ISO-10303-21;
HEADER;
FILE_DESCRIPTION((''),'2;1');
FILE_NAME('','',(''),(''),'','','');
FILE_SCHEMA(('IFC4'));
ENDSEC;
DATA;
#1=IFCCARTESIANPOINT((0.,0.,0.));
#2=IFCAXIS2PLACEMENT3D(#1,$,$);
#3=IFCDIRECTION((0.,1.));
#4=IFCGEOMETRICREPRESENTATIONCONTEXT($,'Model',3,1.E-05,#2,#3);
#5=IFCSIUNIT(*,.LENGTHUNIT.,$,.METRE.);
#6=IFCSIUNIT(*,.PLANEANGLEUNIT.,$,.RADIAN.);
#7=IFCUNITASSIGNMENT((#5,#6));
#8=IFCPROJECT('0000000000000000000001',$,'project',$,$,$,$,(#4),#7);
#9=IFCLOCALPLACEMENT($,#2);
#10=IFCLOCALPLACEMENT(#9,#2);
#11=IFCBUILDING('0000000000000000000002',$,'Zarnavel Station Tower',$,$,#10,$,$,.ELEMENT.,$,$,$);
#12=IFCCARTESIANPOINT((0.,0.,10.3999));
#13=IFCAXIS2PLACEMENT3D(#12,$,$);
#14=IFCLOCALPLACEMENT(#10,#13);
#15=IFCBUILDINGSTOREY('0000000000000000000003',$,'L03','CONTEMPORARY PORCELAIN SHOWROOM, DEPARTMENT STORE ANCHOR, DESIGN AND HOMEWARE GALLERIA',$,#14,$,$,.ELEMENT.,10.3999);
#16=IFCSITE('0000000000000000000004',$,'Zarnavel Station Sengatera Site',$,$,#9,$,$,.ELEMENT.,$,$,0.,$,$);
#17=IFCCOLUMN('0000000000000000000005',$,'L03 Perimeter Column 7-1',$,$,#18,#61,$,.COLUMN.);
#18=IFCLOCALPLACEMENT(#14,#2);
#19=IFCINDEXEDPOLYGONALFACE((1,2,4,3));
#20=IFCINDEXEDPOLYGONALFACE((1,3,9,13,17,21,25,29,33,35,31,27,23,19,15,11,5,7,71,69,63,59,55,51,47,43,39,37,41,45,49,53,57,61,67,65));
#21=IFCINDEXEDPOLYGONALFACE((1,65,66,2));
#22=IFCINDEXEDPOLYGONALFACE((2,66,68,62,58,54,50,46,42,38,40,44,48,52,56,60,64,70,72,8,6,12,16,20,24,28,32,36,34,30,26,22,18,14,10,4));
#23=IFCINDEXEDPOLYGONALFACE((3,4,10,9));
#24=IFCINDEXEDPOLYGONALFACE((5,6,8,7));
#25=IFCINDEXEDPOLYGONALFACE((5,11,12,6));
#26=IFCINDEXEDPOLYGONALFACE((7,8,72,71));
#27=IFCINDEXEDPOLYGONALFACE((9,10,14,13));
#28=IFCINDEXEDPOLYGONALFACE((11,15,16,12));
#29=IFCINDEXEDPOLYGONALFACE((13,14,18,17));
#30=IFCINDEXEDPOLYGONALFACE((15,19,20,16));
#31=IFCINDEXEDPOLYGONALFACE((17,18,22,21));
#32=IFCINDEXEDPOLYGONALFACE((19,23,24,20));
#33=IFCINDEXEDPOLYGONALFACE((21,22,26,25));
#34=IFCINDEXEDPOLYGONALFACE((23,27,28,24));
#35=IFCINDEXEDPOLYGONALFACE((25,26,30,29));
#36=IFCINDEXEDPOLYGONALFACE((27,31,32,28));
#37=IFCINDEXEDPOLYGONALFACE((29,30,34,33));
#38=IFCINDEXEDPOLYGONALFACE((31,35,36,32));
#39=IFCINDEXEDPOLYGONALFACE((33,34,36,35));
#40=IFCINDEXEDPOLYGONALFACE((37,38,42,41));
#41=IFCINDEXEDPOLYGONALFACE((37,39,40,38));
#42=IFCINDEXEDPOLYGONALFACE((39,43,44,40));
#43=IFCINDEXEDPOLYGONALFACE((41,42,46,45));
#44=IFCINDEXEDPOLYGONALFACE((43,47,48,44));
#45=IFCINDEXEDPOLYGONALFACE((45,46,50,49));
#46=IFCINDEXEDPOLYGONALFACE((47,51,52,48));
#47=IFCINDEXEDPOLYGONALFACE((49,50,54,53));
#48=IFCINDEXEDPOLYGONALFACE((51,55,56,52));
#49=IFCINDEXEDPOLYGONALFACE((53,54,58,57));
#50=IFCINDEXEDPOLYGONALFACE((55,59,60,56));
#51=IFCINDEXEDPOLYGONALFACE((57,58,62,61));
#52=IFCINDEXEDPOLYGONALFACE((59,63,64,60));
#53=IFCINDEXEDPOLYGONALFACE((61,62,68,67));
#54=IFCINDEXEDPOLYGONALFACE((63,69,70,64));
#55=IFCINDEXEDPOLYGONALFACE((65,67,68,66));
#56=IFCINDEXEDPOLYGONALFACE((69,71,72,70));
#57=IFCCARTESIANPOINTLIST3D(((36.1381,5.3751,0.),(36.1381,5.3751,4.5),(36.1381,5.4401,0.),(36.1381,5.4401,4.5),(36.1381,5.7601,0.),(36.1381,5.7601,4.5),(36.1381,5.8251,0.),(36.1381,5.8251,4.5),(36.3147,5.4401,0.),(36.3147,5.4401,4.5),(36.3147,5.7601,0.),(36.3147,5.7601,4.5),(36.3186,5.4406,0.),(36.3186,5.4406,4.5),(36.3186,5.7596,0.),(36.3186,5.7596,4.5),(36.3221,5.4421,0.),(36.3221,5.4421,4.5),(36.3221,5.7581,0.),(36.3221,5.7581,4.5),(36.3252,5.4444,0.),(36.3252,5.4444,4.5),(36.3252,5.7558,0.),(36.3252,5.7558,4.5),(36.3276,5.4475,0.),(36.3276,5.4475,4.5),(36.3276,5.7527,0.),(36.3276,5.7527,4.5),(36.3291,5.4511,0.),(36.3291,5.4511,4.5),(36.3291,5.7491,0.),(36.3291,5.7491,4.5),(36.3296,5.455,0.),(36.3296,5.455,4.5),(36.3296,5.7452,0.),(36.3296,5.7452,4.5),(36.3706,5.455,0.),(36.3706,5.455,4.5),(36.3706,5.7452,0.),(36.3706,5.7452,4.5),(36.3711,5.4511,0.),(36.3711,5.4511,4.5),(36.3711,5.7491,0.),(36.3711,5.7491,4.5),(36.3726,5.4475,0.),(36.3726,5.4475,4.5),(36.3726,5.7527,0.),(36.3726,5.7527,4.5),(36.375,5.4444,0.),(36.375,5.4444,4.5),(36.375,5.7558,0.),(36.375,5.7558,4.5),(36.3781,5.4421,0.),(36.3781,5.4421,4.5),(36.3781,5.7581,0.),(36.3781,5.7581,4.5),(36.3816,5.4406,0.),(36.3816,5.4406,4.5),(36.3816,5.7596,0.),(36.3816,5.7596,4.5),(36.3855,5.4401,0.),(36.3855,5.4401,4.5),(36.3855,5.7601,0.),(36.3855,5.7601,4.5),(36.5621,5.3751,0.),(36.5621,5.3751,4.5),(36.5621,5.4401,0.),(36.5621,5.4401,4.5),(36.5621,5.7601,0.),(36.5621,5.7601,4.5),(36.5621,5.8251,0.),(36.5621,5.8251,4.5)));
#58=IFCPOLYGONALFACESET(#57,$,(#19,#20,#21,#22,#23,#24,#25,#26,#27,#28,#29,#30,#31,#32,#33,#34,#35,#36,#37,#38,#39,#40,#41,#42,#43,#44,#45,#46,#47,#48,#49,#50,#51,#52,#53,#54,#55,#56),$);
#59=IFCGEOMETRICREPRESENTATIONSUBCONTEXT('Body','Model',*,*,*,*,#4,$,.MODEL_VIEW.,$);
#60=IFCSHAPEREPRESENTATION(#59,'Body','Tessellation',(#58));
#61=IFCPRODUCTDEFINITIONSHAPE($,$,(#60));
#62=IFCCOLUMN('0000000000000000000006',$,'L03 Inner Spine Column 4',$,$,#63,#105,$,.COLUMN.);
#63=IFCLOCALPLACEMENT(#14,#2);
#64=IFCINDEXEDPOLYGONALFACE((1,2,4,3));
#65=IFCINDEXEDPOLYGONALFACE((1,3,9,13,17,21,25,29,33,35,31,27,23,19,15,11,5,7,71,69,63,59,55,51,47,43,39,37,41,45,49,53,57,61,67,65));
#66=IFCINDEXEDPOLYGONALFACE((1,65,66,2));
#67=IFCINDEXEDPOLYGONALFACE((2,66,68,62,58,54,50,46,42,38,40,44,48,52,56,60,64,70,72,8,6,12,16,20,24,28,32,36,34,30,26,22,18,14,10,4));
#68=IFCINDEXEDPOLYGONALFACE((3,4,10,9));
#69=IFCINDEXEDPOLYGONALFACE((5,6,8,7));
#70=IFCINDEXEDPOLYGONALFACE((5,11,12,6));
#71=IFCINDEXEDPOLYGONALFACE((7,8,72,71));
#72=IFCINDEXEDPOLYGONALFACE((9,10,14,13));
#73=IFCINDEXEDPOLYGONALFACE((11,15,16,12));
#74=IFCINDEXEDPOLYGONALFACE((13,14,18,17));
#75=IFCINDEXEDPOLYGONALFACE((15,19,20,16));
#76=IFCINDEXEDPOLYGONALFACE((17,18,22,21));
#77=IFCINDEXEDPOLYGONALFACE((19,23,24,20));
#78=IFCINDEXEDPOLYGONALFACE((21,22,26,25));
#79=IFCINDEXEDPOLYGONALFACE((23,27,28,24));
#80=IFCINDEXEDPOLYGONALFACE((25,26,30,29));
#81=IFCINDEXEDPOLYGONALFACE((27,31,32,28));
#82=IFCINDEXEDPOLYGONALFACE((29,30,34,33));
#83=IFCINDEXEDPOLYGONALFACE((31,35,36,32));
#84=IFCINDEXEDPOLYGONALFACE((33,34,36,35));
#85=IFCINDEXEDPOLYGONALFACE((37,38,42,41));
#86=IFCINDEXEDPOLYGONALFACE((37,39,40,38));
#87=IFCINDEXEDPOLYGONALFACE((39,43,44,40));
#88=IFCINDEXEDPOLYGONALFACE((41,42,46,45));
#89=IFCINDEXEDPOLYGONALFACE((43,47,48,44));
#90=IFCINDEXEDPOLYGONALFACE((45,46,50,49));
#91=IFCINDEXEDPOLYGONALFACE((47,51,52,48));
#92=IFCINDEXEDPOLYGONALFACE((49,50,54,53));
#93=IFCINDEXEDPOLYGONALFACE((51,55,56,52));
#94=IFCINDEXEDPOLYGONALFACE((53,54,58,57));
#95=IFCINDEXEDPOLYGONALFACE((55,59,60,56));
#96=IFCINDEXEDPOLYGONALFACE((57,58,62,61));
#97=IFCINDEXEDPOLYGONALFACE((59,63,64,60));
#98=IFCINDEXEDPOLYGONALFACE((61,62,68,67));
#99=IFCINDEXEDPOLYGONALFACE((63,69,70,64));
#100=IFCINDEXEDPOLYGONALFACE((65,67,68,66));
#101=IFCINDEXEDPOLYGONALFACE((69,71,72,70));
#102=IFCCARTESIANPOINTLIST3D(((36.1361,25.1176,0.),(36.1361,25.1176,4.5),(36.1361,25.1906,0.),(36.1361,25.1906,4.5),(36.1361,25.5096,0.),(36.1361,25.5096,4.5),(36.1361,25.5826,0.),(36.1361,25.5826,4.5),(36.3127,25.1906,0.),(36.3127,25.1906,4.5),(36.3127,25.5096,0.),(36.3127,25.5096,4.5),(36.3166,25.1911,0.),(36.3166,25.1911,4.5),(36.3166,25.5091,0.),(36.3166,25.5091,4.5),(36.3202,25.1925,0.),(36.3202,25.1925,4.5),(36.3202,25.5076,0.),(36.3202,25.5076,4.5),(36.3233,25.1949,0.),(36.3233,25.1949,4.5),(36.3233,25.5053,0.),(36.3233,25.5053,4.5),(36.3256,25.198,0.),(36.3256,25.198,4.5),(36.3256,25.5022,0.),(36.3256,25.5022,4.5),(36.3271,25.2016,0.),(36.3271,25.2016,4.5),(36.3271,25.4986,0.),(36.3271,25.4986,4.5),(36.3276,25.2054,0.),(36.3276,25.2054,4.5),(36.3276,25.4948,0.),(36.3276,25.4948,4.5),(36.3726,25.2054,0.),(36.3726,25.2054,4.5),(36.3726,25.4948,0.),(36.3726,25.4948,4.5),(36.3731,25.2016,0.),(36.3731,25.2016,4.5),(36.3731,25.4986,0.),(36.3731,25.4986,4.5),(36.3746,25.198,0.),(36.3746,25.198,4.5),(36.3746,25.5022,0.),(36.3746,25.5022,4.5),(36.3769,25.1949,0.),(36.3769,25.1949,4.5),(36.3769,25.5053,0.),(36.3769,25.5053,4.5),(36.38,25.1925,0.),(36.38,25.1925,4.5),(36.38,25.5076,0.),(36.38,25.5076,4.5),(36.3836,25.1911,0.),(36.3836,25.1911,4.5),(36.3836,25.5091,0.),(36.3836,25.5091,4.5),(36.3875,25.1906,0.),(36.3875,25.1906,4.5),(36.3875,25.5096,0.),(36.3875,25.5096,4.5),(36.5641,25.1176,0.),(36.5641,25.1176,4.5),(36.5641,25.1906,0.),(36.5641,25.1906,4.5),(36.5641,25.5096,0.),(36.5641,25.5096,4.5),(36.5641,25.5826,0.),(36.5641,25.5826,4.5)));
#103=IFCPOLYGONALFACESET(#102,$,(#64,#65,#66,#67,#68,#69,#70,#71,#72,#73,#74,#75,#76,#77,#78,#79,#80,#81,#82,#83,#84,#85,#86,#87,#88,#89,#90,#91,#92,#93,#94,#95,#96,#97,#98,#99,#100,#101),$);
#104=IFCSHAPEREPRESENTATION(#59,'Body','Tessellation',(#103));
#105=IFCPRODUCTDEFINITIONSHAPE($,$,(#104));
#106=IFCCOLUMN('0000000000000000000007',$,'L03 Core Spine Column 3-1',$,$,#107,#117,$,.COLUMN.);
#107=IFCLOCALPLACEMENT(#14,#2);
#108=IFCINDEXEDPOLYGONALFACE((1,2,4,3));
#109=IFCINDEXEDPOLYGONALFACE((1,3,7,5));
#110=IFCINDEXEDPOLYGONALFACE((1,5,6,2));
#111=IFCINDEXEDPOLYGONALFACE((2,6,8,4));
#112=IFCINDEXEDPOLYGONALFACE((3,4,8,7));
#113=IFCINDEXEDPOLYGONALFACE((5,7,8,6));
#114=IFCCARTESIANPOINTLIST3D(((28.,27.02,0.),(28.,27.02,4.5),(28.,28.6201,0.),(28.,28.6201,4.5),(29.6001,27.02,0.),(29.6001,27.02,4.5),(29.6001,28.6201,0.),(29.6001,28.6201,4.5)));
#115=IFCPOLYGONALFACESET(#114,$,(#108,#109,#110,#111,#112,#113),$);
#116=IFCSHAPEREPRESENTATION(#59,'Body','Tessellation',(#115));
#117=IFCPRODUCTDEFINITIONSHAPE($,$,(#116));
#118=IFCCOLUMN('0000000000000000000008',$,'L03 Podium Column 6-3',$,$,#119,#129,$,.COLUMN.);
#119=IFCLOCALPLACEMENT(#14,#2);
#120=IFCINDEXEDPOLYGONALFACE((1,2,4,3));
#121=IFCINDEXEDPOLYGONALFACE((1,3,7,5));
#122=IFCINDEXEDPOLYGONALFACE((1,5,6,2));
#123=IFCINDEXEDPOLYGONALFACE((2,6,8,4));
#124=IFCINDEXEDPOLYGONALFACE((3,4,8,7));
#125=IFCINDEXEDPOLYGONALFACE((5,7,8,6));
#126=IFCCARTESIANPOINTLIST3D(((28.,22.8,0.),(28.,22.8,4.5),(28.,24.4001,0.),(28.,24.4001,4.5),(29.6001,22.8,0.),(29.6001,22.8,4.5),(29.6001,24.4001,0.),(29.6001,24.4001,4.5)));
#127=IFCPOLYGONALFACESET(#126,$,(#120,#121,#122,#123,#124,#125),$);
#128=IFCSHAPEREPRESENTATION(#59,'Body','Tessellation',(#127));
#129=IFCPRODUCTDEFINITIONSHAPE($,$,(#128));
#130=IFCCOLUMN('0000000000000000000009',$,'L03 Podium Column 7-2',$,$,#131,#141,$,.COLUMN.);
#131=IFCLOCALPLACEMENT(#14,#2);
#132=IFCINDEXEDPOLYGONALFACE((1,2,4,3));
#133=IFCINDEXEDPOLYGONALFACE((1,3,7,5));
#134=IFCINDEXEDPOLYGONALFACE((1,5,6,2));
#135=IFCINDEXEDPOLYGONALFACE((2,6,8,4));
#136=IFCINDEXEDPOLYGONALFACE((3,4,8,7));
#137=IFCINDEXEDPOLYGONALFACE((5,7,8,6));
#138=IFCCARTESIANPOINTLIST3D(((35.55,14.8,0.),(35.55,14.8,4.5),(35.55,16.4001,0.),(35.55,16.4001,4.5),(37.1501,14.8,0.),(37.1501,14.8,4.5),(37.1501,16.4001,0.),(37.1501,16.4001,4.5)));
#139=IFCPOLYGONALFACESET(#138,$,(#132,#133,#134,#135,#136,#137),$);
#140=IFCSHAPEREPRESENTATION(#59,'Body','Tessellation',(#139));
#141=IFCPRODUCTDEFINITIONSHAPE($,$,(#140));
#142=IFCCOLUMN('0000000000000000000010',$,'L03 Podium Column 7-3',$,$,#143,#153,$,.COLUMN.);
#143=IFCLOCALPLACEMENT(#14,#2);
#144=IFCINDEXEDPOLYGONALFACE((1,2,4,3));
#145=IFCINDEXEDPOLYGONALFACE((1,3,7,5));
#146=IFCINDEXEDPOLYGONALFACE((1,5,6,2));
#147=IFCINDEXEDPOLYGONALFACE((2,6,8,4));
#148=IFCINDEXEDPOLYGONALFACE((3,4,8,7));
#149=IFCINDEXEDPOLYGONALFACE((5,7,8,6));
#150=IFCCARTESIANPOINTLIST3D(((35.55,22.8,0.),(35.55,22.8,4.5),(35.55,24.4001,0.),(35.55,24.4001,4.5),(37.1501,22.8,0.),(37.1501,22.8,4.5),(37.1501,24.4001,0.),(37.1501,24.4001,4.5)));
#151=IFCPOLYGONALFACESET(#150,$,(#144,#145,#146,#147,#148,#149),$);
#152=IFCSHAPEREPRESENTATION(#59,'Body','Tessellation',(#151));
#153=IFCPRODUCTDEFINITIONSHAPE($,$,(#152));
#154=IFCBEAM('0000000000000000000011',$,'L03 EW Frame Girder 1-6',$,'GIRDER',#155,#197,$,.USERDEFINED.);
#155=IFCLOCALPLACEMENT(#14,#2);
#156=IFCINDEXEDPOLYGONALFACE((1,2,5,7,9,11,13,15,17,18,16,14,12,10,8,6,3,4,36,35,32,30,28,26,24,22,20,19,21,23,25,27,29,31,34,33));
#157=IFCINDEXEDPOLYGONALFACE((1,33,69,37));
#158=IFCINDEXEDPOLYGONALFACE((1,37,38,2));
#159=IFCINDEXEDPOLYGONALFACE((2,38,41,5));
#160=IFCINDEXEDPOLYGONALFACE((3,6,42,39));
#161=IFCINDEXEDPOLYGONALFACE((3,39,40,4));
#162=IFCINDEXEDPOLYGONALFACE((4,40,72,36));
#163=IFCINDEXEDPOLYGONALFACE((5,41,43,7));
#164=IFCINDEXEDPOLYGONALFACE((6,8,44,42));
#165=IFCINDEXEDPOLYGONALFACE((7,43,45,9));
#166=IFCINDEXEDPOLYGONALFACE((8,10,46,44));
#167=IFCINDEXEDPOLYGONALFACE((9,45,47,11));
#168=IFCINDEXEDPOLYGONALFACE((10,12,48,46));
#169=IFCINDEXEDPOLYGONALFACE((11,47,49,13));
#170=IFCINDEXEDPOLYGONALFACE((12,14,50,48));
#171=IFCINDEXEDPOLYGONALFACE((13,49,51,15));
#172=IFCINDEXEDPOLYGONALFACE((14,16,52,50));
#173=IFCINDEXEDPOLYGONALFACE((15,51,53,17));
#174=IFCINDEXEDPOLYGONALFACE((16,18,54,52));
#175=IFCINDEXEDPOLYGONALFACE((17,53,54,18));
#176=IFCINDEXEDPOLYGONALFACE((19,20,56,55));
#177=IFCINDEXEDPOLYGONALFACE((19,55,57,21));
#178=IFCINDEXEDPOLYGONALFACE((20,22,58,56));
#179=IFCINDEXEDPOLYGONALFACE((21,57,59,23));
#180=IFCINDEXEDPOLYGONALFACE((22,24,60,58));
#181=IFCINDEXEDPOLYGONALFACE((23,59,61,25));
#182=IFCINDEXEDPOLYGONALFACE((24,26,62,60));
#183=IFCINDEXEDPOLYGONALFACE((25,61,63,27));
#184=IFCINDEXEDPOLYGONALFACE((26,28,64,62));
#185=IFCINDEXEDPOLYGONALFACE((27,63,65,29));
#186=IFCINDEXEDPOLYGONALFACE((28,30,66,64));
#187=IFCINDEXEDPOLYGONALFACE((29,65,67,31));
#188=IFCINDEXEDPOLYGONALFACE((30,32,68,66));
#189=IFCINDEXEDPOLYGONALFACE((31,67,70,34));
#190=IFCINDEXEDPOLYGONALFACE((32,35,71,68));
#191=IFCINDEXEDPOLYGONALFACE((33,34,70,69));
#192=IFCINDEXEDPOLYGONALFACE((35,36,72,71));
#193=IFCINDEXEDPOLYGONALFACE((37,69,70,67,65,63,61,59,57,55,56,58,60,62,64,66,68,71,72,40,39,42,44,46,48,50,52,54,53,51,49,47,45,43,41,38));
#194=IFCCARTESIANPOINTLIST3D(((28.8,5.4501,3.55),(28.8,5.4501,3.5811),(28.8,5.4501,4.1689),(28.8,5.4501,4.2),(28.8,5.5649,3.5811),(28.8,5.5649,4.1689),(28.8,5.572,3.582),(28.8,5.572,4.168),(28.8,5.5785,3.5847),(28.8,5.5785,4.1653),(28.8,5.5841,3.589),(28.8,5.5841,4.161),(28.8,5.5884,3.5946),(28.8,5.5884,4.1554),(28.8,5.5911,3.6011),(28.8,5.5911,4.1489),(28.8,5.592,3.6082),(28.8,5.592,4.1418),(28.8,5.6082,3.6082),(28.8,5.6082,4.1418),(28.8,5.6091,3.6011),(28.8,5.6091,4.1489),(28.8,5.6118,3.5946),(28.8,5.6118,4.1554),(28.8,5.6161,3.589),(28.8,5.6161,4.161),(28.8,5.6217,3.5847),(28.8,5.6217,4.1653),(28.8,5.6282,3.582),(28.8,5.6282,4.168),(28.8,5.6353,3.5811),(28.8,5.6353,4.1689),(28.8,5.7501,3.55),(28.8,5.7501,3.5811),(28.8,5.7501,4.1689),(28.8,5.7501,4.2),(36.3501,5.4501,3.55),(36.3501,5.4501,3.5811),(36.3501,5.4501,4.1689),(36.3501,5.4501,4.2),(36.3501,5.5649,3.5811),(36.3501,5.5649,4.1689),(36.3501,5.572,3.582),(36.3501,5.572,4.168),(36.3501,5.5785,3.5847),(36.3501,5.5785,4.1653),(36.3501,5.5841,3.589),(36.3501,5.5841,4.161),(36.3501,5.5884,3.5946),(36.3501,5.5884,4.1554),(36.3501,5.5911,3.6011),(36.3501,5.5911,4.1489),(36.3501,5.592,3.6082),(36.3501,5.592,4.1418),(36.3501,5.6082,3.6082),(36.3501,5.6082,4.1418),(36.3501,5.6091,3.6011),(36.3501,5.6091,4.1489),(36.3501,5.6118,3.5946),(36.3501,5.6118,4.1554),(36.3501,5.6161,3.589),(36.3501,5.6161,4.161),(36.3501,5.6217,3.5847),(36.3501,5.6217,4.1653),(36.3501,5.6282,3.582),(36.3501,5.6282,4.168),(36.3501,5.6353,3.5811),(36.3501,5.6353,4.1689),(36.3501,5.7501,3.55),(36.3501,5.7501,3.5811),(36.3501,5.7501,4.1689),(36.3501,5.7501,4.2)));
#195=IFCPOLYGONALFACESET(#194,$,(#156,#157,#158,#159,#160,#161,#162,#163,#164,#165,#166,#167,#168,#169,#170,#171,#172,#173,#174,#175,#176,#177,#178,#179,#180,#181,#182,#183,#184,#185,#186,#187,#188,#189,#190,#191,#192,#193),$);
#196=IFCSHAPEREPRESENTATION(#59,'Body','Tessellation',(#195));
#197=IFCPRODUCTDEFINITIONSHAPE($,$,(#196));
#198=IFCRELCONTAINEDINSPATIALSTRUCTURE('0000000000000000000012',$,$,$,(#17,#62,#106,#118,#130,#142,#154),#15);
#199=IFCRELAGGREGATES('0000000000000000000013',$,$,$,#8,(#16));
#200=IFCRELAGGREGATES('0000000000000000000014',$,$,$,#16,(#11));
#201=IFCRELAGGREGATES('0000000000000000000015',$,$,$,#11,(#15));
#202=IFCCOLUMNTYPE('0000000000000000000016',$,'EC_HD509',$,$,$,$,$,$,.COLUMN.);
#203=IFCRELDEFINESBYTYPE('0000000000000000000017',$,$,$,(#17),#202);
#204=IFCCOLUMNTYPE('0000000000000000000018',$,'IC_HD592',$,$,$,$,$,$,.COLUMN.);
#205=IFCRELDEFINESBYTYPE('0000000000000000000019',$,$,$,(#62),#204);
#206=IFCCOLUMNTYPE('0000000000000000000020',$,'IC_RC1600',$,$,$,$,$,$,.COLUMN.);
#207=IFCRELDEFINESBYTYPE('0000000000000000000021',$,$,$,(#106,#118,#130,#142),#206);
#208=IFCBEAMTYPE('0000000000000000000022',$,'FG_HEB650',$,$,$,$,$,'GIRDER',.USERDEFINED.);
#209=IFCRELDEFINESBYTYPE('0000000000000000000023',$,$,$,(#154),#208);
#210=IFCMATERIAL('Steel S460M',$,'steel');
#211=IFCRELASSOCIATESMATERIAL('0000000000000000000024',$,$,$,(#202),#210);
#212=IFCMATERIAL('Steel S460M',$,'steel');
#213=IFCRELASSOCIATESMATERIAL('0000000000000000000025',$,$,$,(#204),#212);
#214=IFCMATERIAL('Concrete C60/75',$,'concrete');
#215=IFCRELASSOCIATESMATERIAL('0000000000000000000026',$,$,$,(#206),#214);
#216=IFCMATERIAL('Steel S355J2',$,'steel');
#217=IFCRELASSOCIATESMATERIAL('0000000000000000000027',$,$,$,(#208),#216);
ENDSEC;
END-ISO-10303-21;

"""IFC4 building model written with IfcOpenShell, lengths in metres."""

from ifc_helpers import new_model, si_unit, direction, frame, origin, origin_2d, place, context, subcontext, project, spatial, rectangle, i_section, extrude, material, material_profile, profile_set, type_object, element, save


model = new_model("IFC4")

# Units and contexts
model_context = context("Model", 3, precision=1e-05, world=origin(), true_north=direction((0.0, 1.0)))
body_context = subcontext(model_context, "Body", "Model", "MODEL_VIEW")
ifc_project = project(units=[si_unit("LENGTHUNIT", "METRE"), si_unit("PLANEANGLEUNIT", "RADIAN")], contexts=[model_context])

# Site, building, storey
site_placement = place(None, origin())
site = spatial("IfcSite", under=ifc_project, at=site_placement, Name="Zarnavel Station Sengatera Site", CompositionType="ELEMENT", RefElevation=0.0)
building_placement = place(site_placement, origin())
building = spatial("IfcBuilding", under=site, at=building_placement, Name="Zarnavel Station Tower", CompositionType="ELEMENT")
storey_placement = place(building_placement, frame((0.0, 0.0, 10.3999)))
storey = spatial("IfcBuildingStorey", under=building, at=storey_placement, Name="L03", Description="CONTEMPORARY PORCELAIN SHOWROOM, DEPARTMENT STORE ANCHOR, DESIGN AND HOMEWARE GALLERIA", CompositionType="ELEMENT", Elevation=10.3999)

# Columns
ifc_material_1 = material(Name="Steel S460M", Category="steel")
ifc_material_profile_1 = material_profile(ifc_material_1, i_section(OverallWidth=0.4241, OverallDepth=0.45, WebThickness=0.041, FlangeThickness=0.0649, FilletRadius=0.0149, at=origin_2d()), Name="HD400x509")
ifc_profile_set_1 = profile_set([ifc_material_profile_1], Name="Steel S460M")
column_type_1 = type_object("IfcColumnType", Name="EC_HD509", PredefinedType="COLUMN", material=ifc_profile_set_1)
column_1_placement = place(storey_placement, frame((36.3501, 5.6001, 0.0), z_axis=(0.0, 0.0, 1.0), x_axis=(1.0, 0.0, 0.0)))
element("IfcColumn", 1, at=column_1_placement, inside=storey, type_object=column_type_1, Name="L03 Perimeter Column 7-1", PredefinedType="COLUMN", context=body_context, shape_type="SweptSolid", body=[
    extrude(i_section(OverallWidth=0.4241, OverallDepth=0.45, WebThickness=0.041, FlangeThickness=0.0649, FilletRadius=0.0149, at=origin_2d()), origin(), (0.0, 0.0, 1.0), 4.5),
])
ifc_material_2 = material(Name="Steel S460M", Category="steel")
ifc_material_profile_2 = material_profile(ifc_material_2, i_section(OverallWidth=0.428, OverallDepth=0.4651, WebThickness=0.0449, FlangeThickness=0.073, FilletRadius=0.0149, at=origin_2d()), Name="HD400x592")
ifc_profile_set_2 = profile_set([ifc_material_profile_2], Name="Steel S460M")
column_type_2 = type_object("IfcColumnType", Name="IC_HD592", PredefinedType="COLUMN", material=ifc_profile_set_2)
column_2_placement = place(storey_placement, frame((36.3501, 25.3501, 0.0), z_axis=(0.0, 0.0, 1.0), x_axis=(1.0, 0.0, 0.0)))
element("IfcColumn", 2, at=column_2_placement, inside=storey, type_object=column_type_2, Name="L03 Inner Spine Column 4", PredefinedType="COLUMN", context=body_context, shape_type="SweptSolid", body=[
    extrude(i_section(OverallWidth=0.428, OverallDepth=0.4651, WebThickness=0.0449, FlangeThickness=0.073, FilletRadius=0.0149, at=origin_2d()), origin(), (0.0, 0.0, 1.0), 4.5),
])
ifc_material_3 = material(Name="Concrete C60/75", Category="concrete")
ifc_material_profile_3 = material_profile(ifc_material_3, rectangle(XDim=1.6001, YDim=1.6001, at=origin_2d()), Name="RC1600x1600")
ifc_profile_set_3 = profile_set([ifc_material_profile_3], Name="Concrete C60/75")
column_type_3 = type_object("IfcColumnType", Name="IC_RC1600", PredefinedType="COLUMN", material=ifc_profile_set_3)
for number, where, z_axis, x_axis, name in (
    (3, (28.8, 27.8201, 0.0), (0.0, 0.0, 1.0), (1.0, 0.0, 0.0), "L03 Core Spine Column 3-1"),
    (4, (28.8, 23.6001, 0.0), (0.0, 0.0, 1.0), (1.0, 0.0, 0.0), "L03 Podium Column 6-3"),
    (5, (36.3501, 15.6001, 0.0), (0.0, 0.0, 1.0), (1.0, 0.0, 0.0), "L03 Podium Column 7-2"),
    (6, (36.3501, 23.6001, 0.0), (0.0, 0.0, 1.0), (1.0, 0.0, 0.0), "L03 Podium Column 7-3"),
):
    element("IfcColumn", number, at=place(storey_placement, frame(where, z_axis=z_axis, x_axis=x_axis)), inside=storey, type_object=column_type_3, Name=name, PredefinedType="COLUMN", context=body_context, shape_type="SweptSolid", body=[
        extrude(rectangle(XDim=1.6001, YDim=1.6001, at=origin_2d()), origin(), (0.0, 0.0, 1.0), 4.5),
    ])

# Beam
ifc_material_4 = material(Name="Steel S355J2", Category="steel")
ifc_material_profile_4 = material_profile(ifc_material_4, i_section(OverallWidth=0.3, OverallDepth=0.6499, WebThickness=0.0161, FlangeThickness=0.031, FilletRadius=0.0271, at=origin_2d()), Name="HEB650")
ifc_profile_set_4 = profile_set([ifc_material_profile_4], Name="Steel S355J2")
beam_type_1 = type_object("IfcBeamType", Name="FG_HEB650", ElementType="GIRDER", PredefinedType="USERDEFINED", material=ifc_profile_set_4)
beam_1_placement = place(storey_placement, frame((28.8, 5.6001, 3.875), z_axis=(1.0, 0.0, 0.0), x_axis=(0.0, 1.0, 0.0)))
element("IfcBeam", 7, at=beam_1_placement, inside=storey, type_object=beam_type_1, Name="L03 EW Frame Girder 1-6", ObjectType="GIRDER", PredefinedType="USERDEFINED", context=body_context, shape_type="SweptSolid", body=[
    extrude(i_section(OverallWidth=0.3, OverallDepth=0.6499, WebThickness=0.0161, FlangeThickness=0.031, FilletRadius=0.0271, at=origin_2d()), origin(), (0.0, 0.0, 1.0), 7.55),
])

save(model, "model.ifc")
